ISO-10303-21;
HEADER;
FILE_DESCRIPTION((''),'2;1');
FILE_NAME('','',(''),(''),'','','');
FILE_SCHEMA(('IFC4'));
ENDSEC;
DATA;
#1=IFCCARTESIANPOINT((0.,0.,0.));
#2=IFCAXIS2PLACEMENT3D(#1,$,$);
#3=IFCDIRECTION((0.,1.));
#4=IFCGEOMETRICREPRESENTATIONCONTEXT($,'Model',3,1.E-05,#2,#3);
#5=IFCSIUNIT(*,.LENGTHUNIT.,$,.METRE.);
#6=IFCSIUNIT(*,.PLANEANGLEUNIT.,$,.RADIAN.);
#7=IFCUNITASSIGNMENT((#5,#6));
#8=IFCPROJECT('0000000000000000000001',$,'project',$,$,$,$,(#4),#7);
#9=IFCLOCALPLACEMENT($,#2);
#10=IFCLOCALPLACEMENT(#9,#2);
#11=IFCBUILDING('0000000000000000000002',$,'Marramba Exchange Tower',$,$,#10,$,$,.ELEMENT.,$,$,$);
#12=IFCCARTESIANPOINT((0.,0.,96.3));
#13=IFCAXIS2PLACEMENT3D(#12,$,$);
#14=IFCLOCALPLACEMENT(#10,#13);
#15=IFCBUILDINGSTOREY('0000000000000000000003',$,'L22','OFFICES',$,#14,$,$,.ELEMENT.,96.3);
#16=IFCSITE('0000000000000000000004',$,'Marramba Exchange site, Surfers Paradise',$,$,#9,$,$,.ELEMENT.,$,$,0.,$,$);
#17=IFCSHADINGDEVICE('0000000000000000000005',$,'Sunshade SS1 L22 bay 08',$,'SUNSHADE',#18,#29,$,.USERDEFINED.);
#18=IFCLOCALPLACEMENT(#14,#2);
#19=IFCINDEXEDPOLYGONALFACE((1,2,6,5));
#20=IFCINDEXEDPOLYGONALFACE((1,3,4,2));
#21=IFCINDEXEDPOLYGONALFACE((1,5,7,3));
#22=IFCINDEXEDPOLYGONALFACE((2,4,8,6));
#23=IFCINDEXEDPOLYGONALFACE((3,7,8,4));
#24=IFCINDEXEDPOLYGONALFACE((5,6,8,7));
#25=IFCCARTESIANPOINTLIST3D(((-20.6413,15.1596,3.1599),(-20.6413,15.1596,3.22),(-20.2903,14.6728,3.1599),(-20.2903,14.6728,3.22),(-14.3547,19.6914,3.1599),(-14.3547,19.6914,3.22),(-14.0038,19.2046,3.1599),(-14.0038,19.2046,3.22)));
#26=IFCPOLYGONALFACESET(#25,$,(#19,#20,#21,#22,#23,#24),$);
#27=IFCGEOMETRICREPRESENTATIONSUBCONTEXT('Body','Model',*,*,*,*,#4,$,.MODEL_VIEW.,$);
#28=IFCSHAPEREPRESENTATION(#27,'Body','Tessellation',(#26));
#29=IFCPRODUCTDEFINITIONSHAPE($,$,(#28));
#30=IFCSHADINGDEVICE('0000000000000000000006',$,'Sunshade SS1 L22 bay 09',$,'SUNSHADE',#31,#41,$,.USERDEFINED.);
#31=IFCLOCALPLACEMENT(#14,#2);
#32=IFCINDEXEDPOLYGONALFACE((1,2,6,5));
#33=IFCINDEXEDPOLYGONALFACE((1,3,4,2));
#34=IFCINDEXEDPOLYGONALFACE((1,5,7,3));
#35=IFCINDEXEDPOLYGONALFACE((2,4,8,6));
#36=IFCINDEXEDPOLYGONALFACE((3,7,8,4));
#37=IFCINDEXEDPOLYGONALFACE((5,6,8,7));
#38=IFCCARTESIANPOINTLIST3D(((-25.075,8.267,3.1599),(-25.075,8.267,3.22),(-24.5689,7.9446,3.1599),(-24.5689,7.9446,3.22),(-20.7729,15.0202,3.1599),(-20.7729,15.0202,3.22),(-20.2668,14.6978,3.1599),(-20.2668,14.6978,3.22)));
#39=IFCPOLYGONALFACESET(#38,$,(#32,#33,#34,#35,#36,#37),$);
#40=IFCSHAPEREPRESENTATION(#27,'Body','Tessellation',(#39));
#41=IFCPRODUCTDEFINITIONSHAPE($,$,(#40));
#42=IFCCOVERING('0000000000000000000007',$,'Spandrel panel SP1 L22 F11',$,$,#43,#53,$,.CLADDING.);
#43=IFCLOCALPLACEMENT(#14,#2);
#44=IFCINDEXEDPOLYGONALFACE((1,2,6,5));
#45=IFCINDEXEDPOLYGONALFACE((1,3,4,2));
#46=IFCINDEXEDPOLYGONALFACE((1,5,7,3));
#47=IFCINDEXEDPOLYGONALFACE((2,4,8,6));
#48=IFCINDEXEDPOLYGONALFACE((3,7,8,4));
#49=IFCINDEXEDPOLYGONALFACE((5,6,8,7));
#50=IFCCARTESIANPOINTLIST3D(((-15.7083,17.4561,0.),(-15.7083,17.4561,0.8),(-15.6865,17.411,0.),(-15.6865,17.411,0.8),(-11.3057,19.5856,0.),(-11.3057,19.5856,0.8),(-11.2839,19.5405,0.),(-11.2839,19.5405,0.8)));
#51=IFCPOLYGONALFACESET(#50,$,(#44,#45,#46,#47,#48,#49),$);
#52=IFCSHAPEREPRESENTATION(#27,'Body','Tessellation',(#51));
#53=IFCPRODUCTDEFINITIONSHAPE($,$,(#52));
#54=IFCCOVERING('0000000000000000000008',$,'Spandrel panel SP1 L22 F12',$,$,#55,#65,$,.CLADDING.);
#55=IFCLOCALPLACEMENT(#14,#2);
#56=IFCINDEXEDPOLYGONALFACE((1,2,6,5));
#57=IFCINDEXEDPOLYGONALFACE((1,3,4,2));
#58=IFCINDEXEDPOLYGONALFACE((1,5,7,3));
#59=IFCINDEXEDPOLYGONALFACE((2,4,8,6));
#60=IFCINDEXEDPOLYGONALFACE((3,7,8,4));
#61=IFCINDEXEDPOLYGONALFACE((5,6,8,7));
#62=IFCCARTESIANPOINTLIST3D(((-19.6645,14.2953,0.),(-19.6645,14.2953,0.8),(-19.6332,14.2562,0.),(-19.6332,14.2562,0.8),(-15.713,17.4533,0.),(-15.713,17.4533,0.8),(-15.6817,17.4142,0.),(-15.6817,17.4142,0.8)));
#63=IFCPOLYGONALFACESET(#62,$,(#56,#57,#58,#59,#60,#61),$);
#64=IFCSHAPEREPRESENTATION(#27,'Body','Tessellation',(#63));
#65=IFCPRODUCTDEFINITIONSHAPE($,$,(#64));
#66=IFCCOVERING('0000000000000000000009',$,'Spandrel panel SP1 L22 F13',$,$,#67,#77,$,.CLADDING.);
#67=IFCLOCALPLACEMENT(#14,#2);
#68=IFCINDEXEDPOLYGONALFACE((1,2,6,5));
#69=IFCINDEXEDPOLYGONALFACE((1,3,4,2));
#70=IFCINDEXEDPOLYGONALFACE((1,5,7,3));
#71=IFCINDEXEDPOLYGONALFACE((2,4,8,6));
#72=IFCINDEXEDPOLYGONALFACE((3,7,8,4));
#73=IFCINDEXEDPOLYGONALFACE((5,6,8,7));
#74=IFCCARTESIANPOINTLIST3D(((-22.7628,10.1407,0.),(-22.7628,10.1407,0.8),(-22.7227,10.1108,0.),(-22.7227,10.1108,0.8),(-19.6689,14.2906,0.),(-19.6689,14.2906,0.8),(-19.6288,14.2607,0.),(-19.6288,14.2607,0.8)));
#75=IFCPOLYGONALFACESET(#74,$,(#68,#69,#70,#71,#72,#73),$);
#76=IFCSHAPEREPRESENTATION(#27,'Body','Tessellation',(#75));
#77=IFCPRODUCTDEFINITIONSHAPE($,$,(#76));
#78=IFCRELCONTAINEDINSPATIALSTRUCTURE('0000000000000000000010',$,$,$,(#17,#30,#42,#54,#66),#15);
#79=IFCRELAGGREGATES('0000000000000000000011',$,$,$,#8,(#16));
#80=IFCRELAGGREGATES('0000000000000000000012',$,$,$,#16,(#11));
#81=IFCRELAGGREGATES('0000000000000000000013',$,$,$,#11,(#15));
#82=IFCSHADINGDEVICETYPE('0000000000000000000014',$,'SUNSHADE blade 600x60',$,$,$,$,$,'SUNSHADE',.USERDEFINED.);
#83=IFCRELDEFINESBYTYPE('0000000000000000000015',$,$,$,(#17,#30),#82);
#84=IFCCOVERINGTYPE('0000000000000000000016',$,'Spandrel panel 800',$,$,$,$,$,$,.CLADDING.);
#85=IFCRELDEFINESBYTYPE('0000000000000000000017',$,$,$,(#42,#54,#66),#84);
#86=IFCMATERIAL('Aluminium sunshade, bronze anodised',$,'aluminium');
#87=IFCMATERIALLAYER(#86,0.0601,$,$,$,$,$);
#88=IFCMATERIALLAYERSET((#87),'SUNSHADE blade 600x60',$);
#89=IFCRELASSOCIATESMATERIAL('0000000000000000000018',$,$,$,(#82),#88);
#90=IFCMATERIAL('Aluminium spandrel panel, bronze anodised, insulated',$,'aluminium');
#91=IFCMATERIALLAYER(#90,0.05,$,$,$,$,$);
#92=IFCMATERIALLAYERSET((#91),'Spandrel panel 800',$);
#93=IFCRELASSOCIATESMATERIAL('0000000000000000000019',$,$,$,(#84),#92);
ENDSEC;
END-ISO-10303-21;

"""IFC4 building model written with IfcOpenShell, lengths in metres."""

from ifc_helpers import new_model, si_unit, direction, frame, origin, origin_2d, place, context, subcontext, project, spatial, rectangle, extrude, material, layer, layer_set, type_object, element, save


model = new_model("IFC4")

# Units and contexts
model_context = context("Model", 3, precision=1e-05, world=origin(), true_north=direction((0.0, 1.0)))
body_context = subcontext(model_context, "Body", "Model", "MODEL_VIEW")
ifc_project = project(units=[si_unit("LENGTHUNIT", "METRE"), si_unit("PLANEANGLEUNIT", "RADIAN")], contexts=[model_context])

# Site, building, storey
site_placement = place(None, origin())
site = spatial("IfcSite", under=ifc_project, at=site_placement, Name="Marramba Exchange site, Surfers Paradise", CompositionType="ELEMENT", RefElevation=0.0)
building_placement = place(site_placement, origin())
building = spatial("IfcBuilding", under=site, at=building_placement, Name="Marramba Exchange Tower", CompositionType="ELEMENT")
storey_placement = place(building_placement, frame((0.0, 0.0, 96.3)))
storey = spatial("IfcBuildingStorey", under=building, at=storey_placement, Name="L22", Description="OFFICES", CompositionType="ELEMENT", Elevation=96.3)

# Shading devices
ifc_material_1 = material(Name="Aluminium sunshade, bronze anodised", Category="aluminium")
ifc_layer_1 = layer(ifc_material_1, 0.0601)
ifc_layer_set_1 = layer_set([ifc_layer_1], Name="SUNSHADE blade 600x60")
shading_device_type_1 = type_object("IfcShadingDeviceType", Name="SUNSHADE blade 600x60", ElementType="SUNSHADE", PredefinedType="USERDEFINED", material=ifc_layer_set_1)
shading_device_1_placement = place(storey_placement, frame((-17.3225, 17.1821, 3.1599), z_axis=(0.0, 0.0, 1.0), x_axis=(-0.811199, -0.58477, 0.0)))
element("IfcShadingDevice", 1, at=shading_device_1_placement, inside=storey, type_object=shading_device_type_1, Name="Sunshade SS1 L22 bay 08", ObjectType="SUNSHADE", PredefinedType="USERDEFINED", context=body_context, shape_type="SweptSolid", body=[
    extrude(rectangle(XDim=7.7498, YDim=0.6001, at=origin_2d()), origin(), (0.0, 0.0, 1.0), 0.0601),
])
shading_device_2_placement = place(storey_placement, frame((-22.6709, 11.4824, 3.1599), z_axis=(0.0, 0.0, 1.0), x_axis=(-0.537285, -0.843401, 0.0)))
element("IfcShadingDevice", 2, at=shading_device_2_placement, inside=storey, type_object=shading_device_type_1, Name="Sunshade SS1 L22 bay 09", ObjectType="SUNSHADE", PredefinedType="USERDEFINED", context=body_context, shape_type="SweptSolid", body=[
    extrude(rectangle(XDim=8.0071, YDim=0.6001, at=origin_2d()), origin(), (0.0, 0.0, 1.0), 0.0601),
])

# Coverings
ifc_material_2 = material(Name="Aluminium spandrel panel, bronze anodised, insulated", Category="aluminium")
ifc_layer_2 = layer(ifc_material_2, 0.05)
ifc_layer_set_2 = layer_set([ifc_layer_2], Name="Spandrel panel 800")
covering_type = type_object("IfcCoveringType", Name="Spandrel panel 800", PredefinedType="CLADDING", material=ifc_layer_set_2)
covering_1_placement = place(storey_placement, frame((-13.4961, 18.4983, 0.0), z_axis=(0.0, 0.0, 1.0), x_axis=(-0.900224, -0.435428, 0.0)))
element("IfcCovering", 3, at=covering_1_placement, inside=storey, type_object=covering_type, Name="Spandrel panel SP1 L22 F11", PredefinedType="CLADDING", context=body_context, shape_type="SweptSolid", body=[
    extrude(rectangle(XDim=4.8906, YDim=0.05, at=origin_2d()), origin(), (0.0, 0.0, 1.0), 0.8),
])
covering_2_placement = place(storey_placement, frame((-17.6731, 15.8547, 0.0), z_axis=(0.0, 0.0, 1.0), x_axis=(-0.781178, -0.624308, 0.0)))
element("IfcCovering", 4, at=covering_2_placement, inside=storey, type_object=covering_type, Name="Spandrel panel SP1 L22 F12", PredefinedType="CLADDING", context=body_context, shape_type="SweptSolid", body=[
    extrude(rectangle(XDim=5.0583, YDim=0.05, at=origin_2d()), origin(), (0.0, 0.0, 1.0), 0.8),
])
covering_3_placement = place(storey_placement, frame((-21.1958, 12.2007, 0.0), z_axis=(0.0, 0.0, 1.0), x_axis=(-0.597704, -0.801717, 0.0)))
element("IfcCovering", 5, at=covering_3_placement, inside=storey, type_object=covering_type, Name="Spandrel panel SP1 L22 F13", PredefinedType="CLADDING", context=body_context, shape_type="SweptSolid", body=[
    extrude(rectangle(XDim=5.1763, YDim=0.05, at=origin_2d()), origin(), (0.0, 0.0, 1.0), 0.8),
])

save(model, "model.ifc")
